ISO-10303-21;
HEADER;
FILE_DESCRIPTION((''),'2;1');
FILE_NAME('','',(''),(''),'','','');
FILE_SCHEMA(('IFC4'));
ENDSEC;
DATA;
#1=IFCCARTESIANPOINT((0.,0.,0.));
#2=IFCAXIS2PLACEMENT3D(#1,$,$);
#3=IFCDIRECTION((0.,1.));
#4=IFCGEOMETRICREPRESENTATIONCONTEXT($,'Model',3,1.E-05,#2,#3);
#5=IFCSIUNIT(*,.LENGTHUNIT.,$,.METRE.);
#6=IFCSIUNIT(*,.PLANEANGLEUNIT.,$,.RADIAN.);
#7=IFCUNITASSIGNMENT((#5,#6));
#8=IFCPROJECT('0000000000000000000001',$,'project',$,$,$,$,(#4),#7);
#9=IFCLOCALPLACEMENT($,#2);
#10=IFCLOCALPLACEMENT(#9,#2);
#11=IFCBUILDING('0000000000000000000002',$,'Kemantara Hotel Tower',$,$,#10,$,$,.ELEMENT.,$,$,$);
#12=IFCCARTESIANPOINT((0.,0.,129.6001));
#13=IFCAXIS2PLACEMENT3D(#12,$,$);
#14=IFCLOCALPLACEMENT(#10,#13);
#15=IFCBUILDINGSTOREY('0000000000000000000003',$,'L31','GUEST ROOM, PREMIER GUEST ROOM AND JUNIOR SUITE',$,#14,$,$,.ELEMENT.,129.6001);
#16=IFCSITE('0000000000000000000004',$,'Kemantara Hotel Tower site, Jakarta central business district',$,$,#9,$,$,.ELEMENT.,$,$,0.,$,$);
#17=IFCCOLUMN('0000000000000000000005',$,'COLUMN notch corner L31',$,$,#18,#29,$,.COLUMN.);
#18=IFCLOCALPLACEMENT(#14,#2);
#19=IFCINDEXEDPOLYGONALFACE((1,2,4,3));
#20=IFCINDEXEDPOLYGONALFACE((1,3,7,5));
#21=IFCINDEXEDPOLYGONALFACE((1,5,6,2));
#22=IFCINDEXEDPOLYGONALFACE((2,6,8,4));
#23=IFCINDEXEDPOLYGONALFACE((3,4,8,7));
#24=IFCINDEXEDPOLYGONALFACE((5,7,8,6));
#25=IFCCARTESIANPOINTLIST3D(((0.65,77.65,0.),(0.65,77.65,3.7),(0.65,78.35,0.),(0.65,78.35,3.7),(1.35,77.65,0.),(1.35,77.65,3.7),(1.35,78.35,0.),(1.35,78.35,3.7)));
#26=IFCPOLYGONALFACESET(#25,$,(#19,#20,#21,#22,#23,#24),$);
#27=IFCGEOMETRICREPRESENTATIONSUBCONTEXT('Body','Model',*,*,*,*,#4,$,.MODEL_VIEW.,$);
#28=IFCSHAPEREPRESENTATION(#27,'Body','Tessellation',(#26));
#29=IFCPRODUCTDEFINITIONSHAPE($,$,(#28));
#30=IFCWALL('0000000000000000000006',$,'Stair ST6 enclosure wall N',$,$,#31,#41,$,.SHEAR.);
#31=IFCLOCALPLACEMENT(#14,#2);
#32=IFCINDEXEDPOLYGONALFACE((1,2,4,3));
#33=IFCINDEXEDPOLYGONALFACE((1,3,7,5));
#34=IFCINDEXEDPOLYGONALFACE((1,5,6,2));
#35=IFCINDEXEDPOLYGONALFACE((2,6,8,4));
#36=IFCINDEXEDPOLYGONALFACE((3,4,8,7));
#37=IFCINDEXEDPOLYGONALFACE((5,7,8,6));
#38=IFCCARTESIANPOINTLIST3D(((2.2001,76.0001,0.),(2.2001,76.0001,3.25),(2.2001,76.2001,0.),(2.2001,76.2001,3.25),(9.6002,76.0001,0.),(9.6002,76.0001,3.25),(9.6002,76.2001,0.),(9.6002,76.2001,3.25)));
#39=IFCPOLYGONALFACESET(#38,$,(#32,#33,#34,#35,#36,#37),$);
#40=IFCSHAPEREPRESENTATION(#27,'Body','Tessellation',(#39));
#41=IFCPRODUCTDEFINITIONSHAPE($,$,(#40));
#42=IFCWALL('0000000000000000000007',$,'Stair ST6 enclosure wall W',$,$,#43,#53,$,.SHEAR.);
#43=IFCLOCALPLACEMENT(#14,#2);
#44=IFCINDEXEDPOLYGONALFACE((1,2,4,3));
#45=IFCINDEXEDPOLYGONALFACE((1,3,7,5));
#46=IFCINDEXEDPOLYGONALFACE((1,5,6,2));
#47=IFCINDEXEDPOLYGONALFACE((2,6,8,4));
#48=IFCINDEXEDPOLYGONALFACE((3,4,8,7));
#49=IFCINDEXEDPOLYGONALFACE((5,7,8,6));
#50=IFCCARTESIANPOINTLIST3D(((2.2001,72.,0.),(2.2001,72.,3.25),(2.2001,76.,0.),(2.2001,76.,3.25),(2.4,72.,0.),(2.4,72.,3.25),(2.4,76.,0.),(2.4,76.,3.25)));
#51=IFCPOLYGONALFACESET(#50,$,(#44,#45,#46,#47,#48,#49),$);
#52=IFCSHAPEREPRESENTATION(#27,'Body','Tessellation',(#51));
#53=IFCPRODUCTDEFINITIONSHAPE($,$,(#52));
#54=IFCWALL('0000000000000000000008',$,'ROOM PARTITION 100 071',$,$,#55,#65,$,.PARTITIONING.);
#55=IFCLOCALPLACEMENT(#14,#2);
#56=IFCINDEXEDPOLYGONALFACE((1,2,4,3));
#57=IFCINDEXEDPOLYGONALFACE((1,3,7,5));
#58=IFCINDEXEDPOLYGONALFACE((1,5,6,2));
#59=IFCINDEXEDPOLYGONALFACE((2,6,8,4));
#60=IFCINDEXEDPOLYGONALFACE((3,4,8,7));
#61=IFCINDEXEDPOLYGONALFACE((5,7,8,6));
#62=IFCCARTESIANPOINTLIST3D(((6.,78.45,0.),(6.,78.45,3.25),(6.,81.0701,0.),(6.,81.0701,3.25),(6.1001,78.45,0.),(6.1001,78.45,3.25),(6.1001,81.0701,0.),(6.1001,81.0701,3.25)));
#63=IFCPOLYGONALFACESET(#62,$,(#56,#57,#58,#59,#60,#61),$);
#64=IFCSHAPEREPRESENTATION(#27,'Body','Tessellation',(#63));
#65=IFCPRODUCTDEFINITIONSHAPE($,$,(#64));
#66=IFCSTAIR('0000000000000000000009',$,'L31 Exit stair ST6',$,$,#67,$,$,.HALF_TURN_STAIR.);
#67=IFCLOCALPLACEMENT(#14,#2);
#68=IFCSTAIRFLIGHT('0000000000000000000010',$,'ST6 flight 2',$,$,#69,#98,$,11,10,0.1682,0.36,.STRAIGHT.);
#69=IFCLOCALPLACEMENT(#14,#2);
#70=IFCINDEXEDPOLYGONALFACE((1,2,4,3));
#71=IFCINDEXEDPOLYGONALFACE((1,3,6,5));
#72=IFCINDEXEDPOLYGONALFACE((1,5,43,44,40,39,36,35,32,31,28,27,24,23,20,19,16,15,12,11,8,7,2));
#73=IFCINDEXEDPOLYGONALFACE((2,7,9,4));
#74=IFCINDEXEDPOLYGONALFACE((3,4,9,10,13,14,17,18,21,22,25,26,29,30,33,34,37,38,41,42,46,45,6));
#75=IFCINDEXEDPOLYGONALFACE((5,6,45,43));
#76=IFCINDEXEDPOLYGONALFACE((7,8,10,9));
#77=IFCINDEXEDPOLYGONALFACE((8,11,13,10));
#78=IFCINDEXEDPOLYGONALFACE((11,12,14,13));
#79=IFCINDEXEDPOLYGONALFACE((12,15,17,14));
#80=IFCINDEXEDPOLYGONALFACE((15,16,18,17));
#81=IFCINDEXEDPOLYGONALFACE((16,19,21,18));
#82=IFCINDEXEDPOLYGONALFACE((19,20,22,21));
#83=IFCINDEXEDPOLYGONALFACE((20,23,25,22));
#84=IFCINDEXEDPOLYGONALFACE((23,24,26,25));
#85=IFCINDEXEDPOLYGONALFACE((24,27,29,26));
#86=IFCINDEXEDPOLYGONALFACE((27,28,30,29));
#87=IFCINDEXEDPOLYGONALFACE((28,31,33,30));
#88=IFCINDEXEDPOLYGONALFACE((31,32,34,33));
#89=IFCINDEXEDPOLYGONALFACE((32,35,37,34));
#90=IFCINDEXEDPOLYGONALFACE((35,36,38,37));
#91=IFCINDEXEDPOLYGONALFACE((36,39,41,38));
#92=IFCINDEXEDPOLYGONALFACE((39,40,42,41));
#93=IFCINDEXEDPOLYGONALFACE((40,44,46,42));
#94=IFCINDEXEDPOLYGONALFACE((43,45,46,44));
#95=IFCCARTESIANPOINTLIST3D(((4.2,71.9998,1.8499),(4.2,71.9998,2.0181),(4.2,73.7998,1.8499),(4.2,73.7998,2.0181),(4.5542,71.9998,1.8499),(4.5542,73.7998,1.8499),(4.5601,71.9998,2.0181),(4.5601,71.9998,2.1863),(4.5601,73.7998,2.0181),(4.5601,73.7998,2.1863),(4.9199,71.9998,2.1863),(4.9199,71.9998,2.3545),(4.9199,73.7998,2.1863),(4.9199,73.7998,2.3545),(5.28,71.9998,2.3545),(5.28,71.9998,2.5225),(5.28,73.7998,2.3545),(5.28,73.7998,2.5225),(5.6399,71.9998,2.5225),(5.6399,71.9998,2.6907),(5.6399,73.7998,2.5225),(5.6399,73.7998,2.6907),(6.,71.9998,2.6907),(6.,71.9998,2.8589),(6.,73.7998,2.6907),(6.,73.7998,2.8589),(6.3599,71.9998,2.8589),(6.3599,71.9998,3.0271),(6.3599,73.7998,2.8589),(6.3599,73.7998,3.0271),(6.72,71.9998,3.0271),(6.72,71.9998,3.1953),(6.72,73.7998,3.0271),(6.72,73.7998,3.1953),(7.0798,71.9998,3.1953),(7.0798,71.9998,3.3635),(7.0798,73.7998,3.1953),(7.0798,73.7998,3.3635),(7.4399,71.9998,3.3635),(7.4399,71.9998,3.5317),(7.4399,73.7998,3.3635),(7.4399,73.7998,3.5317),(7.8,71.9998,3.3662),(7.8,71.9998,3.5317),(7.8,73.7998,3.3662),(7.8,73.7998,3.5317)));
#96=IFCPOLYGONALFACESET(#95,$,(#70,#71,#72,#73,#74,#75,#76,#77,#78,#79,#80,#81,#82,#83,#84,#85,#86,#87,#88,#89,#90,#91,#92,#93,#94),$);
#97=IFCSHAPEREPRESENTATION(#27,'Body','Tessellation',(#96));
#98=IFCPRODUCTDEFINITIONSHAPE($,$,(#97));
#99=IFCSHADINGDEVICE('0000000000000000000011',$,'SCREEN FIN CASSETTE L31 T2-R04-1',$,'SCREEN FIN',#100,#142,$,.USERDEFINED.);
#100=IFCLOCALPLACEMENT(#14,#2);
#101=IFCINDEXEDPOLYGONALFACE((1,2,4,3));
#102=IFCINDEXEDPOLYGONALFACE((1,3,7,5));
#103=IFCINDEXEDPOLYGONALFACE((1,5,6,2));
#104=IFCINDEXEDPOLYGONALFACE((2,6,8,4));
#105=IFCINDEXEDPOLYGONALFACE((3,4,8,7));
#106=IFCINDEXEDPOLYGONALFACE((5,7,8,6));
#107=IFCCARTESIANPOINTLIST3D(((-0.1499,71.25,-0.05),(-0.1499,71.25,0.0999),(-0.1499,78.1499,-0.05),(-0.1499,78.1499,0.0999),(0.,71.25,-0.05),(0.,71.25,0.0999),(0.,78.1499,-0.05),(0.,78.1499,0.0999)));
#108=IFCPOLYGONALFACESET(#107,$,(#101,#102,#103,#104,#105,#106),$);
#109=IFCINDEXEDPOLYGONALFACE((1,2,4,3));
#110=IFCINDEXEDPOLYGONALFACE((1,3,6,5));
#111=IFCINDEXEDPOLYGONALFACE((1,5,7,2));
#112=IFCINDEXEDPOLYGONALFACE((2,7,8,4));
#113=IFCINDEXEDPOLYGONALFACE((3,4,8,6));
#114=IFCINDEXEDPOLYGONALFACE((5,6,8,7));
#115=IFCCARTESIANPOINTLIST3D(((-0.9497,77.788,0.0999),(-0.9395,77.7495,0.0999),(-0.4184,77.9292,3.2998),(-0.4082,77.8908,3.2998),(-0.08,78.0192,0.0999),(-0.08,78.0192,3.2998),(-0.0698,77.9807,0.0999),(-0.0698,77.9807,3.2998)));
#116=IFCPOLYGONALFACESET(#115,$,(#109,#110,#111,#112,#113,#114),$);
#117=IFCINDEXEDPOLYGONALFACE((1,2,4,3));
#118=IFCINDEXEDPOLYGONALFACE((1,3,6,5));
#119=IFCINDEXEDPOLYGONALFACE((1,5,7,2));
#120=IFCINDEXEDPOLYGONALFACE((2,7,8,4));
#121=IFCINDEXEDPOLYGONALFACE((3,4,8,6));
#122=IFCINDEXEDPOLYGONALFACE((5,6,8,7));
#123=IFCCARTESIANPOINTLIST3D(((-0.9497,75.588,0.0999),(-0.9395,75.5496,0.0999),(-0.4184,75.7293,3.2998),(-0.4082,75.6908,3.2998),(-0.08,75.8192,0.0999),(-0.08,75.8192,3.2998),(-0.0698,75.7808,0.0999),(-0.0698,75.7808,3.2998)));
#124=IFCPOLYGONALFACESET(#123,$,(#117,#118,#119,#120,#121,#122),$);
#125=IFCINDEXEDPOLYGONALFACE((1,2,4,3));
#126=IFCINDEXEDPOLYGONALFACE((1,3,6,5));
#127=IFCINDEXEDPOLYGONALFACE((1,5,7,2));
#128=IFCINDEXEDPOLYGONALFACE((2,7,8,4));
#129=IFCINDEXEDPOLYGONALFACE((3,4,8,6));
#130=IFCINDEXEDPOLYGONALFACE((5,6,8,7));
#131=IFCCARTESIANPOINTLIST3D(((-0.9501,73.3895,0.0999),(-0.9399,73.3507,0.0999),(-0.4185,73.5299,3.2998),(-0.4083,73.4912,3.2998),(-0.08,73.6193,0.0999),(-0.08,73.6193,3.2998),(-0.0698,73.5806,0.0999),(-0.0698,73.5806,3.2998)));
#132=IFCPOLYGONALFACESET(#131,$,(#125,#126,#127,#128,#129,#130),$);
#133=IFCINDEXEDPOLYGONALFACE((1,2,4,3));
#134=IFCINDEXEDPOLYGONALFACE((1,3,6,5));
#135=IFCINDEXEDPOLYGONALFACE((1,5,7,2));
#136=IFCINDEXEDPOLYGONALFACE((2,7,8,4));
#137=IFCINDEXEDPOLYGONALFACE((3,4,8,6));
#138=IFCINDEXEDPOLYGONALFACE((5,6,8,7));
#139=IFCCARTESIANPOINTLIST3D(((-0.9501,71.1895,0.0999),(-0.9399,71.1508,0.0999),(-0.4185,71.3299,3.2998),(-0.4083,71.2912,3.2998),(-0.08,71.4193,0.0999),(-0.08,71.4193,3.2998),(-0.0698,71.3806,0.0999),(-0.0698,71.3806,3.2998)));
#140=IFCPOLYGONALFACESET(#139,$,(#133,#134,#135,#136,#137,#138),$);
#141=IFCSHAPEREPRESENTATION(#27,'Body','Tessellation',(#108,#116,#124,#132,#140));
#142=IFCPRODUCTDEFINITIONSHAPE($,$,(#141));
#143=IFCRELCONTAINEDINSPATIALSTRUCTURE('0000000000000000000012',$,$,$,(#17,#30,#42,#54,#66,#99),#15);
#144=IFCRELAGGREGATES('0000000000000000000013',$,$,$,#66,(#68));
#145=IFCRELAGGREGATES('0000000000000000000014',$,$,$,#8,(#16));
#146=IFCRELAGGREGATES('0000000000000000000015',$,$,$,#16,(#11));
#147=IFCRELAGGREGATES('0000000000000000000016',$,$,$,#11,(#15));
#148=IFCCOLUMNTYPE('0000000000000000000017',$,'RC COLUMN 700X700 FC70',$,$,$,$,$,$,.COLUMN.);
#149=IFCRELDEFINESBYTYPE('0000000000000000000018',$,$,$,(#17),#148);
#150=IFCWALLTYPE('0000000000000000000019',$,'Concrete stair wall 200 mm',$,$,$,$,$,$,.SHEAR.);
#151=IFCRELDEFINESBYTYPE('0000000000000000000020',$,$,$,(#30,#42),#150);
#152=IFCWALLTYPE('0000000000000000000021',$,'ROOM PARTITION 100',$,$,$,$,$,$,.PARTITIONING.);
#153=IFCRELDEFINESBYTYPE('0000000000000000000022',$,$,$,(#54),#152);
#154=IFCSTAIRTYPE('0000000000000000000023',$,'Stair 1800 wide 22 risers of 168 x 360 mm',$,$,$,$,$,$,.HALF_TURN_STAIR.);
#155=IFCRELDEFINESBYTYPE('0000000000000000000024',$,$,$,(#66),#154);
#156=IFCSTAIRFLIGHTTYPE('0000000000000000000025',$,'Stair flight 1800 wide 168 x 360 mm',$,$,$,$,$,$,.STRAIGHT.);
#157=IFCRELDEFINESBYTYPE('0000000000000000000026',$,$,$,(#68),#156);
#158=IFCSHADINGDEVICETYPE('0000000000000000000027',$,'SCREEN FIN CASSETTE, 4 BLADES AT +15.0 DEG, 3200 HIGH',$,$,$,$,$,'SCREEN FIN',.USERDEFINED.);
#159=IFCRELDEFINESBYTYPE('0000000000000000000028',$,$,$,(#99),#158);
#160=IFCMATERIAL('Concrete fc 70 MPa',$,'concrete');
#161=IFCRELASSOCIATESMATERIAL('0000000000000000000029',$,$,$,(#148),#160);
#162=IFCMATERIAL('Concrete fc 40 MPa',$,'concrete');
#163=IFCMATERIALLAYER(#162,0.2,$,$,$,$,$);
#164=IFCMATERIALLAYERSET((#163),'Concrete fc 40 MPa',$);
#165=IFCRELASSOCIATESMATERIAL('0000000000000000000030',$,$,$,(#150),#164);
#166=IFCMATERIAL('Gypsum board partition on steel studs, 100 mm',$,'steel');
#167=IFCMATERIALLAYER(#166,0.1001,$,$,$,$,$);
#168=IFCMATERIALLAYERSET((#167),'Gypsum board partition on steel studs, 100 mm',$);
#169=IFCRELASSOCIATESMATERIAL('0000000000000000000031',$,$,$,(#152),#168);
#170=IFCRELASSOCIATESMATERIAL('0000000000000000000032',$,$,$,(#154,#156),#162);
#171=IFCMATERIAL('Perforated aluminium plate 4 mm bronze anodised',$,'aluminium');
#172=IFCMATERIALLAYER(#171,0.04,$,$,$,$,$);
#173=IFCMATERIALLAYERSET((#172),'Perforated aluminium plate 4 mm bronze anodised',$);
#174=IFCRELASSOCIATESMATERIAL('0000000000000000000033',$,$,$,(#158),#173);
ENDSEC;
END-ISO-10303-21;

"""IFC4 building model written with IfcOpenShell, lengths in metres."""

from ifc_helpers import new_model, si_unit, direction, frame, frame_2d, origin, origin_2d, place, context, subcontext, project, spatial, polyline, rectangle, outline, extrude, source, transform, mapped, material, layer, layer_set, material_profile, profile_set, type_object, element, aggregate, save


model = new_model("IFC4")

# Units and contexts
model_context = context("Model", 3, precision=1e-05, world=origin(), true_north=direction((0.0, 1.0)))
body_context = subcontext(model_context, "Body", "Model", "MODEL_VIEW")
ifc_project = project(units=[si_unit("LENGTHUNIT", "METRE"), si_unit("PLANEANGLEUNIT", "RADIAN")], contexts=[model_context])

# Site, building, storey
site_placement = place(None, origin())
site = spatial("IfcSite", under=ifc_project, at=site_placement, Name="Kemantara Hotel Tower site, Jakarta central business district", CompositionType="ELEMENT", RefElevation=0.0)
building_placement = place(site_placement, origin())
building = spatial("IfcBuilding", under=site, at=building_placement, Name="Kemantara Hotel Tower", CompositionType="ELEMENT")
storey_placement = place(building_placement, frame((0.0, 0.0, 129.6001)))
storey = spatial("IfcBuildingStorey", under=building, at=storey_placement, Name="L31", Description="GUEST ROOM, PREMIER GUEST ROOM AND JUNIOR SUITE", CompositionType="ELEMENT", Elevation=129.6001)

# Column
ifc_material_1 = material(Name="Concrete fc 70 MPa", Category="concrete")
ifc_material_profile = material_profile(ifc_material_1, rectangle(XDim=0.7, YDim=0.7, at=origin_2d()), Name="RC 700X700")
ifc_profile_set = profile_set([ifc_material_profile], Name="Concrete fc 70 MPa")
column_type = type_object("IfcColumnType", Name="RC COLUMN 700X700 FC70", PredefinedType="COLUMN", material=ifc_profile_set)
column_placement = place(storey_placement, frame((1.0, 78.0, 0.0), z_axis=(0.0, 0.0, 1.0), x_axis=(1.0, 0.0, 0.0)))
element("IfcColumn", 1, at=column_placement, inside=storey, type_object=column_type, Name="COLUMN notch corner L31", PredefinedType="COLUMN", context=body_context, shape_type="SweptSolid", body=[
    extrude(rectangle(XDim=0.7, YDim=0.7, at=origin_2d()), origin(), (0.0, 0.0, 1.0), 3.7),
])

# Walls
ifc_material_2 = material(Name="Concrete fc 40 MPa", Category="concrete")
ifc_layer_1 = layer(ifc_material_2, 0.2)
ifc_layer_set_1 = layer_set([ifc_layer_1], Name="Concrete fc 40 MPa")
wall_type_1 = type_object("IfcWallType", Name="Concrete stair wall 200 mm", PredefinedType="SHEAR", material=ifc_layer_set_1)
wall_1_placement = place(storey_placement, frame((2.2, 76.1001, 0.0), z_axis=(0.0, 0.0, 1.0), x_axis=(1.0, 0.0, 0.0)))
element("IfcWall", 2, at=wall_1_placement, inside=storey, type_object=wall_type_1, Name="Stair ST6 enclosure wall N", PredefinedType="SHEAR", context=body_context, shape_type="SweptSolid", body=[
    extrude(rectangle(XDim=7.4001, YDim=0.2, at=frame_2d((3.7002, 0.0))), origin(), (0.0, 0.0, 1.0), 3.25),
])
wall_2_placement = place(storey_placement, frame((2.3, 72.0, 0.0), z_axis=(0.0, 0.0, 1.0), x_axis=(0.0, 1.0, 0.0)))
element("IfcWall", 3, at=wall_2_placement, inside=storey, type_object=wall_type_1, Name="Stair ST6 enclosure wall W", PredefinedType="SHEAR", context=body_context, shape_type="SweptSolid", body=[
    extrude(rectangle(XDim=4.0, YDim=0.2, at=frame_2d((2.0, 0.0))), origin(), (0.0, 0.0, 1.0), 3.25),
])
ifc_material_3 = material(Name="Gypsum board partition on steel studs, 100 mm", Category="steel")
ifc_layer_2 = layer(ifc_material_3, 0.1001)
ifc_layer_set_2 = layer_set([ifc_layer_2], Name="Gypsum board partition on steel studs, 100 mm")
wall_type_2 = type_object("IfcWallType", Name="ROOM PARTITION 100", PredefinedType="PARTITIONING", material=ifc_layer_set_2)
wall_3_placement = place(storey_placement, frame((6.05, 78.45, 0.0), z_axis=(0.0, 0.0, 1.0), x_axis=(0.0, 1.0, 0.0)))
element("IfcWall", 4, at=wall_3_placement, inside=storey, type_object=wall_type_2, Name="ROOM PARTITION 100 071", PredefinedType="PARTITIONING", context=body_context, shape_type="SweptSolid", body=[
    extrude(rectangle(XDim=2.6201, YDim=0.1001, at=frame_2d((1.3101, 0.0))), origin(), (0.0, 0.0, 1.0), 3.25),
])

# Stair, stair flight
stair_type = type_object("IfcStairType", Name="Stair 1800 wide 22 risers of 168 x 360 mm", PredefinedType="HALF_TURN_STAIR", material=ifc_material_2)
stair_placement = place(storey_placement, origin())
stair = element("IfcStair", 5, at=stair_placement, inside=storey, type_object=stair_type, Name="L31 Exit stair ST6", PredefinedType="HALF_TURN_STAIR")
stair_flight_type = type_object("IfcStairFlightType", Name="Stair flight 1800 wide 168 x 360 mm", PredefinedType="STRAIGHT", material=ifc_material_2)
stair_flight_placement = place(storey_placement, frame((4.2, 72.8999, 1.8499), z_axis=(0.0, 0.0, 1.0), x_axis=(1.0, 0.0, 0.0)))
stair_flight = element("IfcStairFlight", 6, at=stair_flight_placement, type_object=stair_flight_type, Name="ST6 flight 2", NumberOfRisers=11, NumberOfTreads=10, PredefinedType="STRAIGHT", RiserHeight=0.1682, TreadLength=0.36, context=body_context, shape_type="SweptSolid", body=[
    extrude(outline(polyline([(0.0, 0.0), (0.0, 0.1682), (0.3601, 0.1682), (0.3601, 0.3364), (0.72, 0.3364), (0.72, 0.5046), (1.0801, 0.5046), (1.0801, 0.6726), (1.4399, 0.6726), (1.4399, 0.8408), (1.8, 0.8408), (1.8, 1.009), (2.1599, 1.009), (2.1599, 1.1772), (2.52, 1.1772), (2.52, 1.3455), (2.8799, 1.3455), (2.8799, 1.5137), (3.24, 1.5137), (3.24, 1.6819), (3.6001, 1.6819), (3.6001, 1.8501), (3.6001, 1.5164), (0.3542, 0.0), (0.0, 0.0)])), frame((0.0, 0.8999, 0.0), z_axis=(0.0, -1.0, 0.0), x_axis=(1.0, 0.0, 0.0)), (0.0, 0.0, 1.0), 1.8),
])
aggregate(stair, [stair_flight])

# Shading device
ifc_material_4 = material(Name="Perforated aluminium plate 4 mm bronze anodised", Category="aluminium")
ifc_layer_3 = layer(ifc_material_4, 0.04)
ifc_layer_set_3 = layer_set([ifc_layer_3], Name="Perforated aluminium plate 4 mm bronze anodised")
shading_device_type = type_object("IfcShadingDeviceType", Name="SCREEN FIN CASSETTE, 4 BLADES AT +15.0 DEG, 3200 HIGH", ElementType="SCREEN FIN", PredefinedType="USERDEFINED", material=ifc_layer_set_3)
shared_shape = source(origin(), body_context, "Body", "SweptSolid", [
    extrude(rectangle(XDim=6.8999, YDim=0.1499, at=origin_2d()), frame((3.3, -0.075, -0.1499), z_axis=(0.0, 0.0, 1.0), x_axis=(1.0, 0.0, 0.0)), (0.0, 0.0, 1.0), 0.1499),
    extrude(outline(polyline([(0.0, 0.0), (0.8999, 0.0), (0.3501, 3.2), (0.0, 3.2), (0.0, 0.0)])), frame((0.0193, -0.0698, 0.0), z_axis=(-0.966438, -0.256901, 0.0), x_axis=(0.256901, -0.966438, 0.0)), (0.0, 0.0, 1.0), 0.0398),
    extrude(outline(polyline([(0.0, 0.0), (0.8999, 0.0), (0.3501, 3.2), (0.0, 3.2), (0.0, 0.0)])), frame((2.2192, -0.0698, 0.0), z_axis=(-0.966438, -0.256901, 0.0), x_axis=(0.256901, -0.966438, 0.0)), (0.0, 0.0, 1.0), 0.0398),
    extrude(outline(polyline([(0.0, 0.0), (0.8999, 0.0), (0.3501, 3.2), (0.0, 3.2), (0.0, 0.0)])), frame((4.4194, -0.0698, 0.0), z_axis=(-0.966838, -0.255391, 0.0), x_axis=(0.255391, -0.966838, 0.0)), (0.0, 0.0, 1.0), 0.04),
    extrude(outline(polyline([(0.0, 0.0), (0.8999, 0.0), (0.3501, 3.2), (0.0, 3.2), (0.0, 0.0)])), frame((6.6194, -0.0698, 0.0), z_axis=(-0.966838, -0.255391, 0.0), x_axis=(0.255391, -0.966838, 0.0)), (0.0, 0.0, 1.0), 0.04),
])
shading_device_placement = place(storey_placement, frame((0.0, 78.0, 0.0999), z_axis=(0.0, 0.0, 1.0), x_axis=(0.0, -1.0, 0.0)))
element("IfcShadingDevice", 7, at=shading_device_placement, inside=storey, type_object=shading_device_type, Name="SCREEN FIN CASSETTE L31 T2-R04-1", ObjectType="SCREEN FIN", PredefinedType="USERDEFINED", context=body_context, shape_type="MappedRepresentation", body=[
    mapped(shared_shape, transform((0.0, 0.0, 0.0))),
])

save(model, "model.ifc")
